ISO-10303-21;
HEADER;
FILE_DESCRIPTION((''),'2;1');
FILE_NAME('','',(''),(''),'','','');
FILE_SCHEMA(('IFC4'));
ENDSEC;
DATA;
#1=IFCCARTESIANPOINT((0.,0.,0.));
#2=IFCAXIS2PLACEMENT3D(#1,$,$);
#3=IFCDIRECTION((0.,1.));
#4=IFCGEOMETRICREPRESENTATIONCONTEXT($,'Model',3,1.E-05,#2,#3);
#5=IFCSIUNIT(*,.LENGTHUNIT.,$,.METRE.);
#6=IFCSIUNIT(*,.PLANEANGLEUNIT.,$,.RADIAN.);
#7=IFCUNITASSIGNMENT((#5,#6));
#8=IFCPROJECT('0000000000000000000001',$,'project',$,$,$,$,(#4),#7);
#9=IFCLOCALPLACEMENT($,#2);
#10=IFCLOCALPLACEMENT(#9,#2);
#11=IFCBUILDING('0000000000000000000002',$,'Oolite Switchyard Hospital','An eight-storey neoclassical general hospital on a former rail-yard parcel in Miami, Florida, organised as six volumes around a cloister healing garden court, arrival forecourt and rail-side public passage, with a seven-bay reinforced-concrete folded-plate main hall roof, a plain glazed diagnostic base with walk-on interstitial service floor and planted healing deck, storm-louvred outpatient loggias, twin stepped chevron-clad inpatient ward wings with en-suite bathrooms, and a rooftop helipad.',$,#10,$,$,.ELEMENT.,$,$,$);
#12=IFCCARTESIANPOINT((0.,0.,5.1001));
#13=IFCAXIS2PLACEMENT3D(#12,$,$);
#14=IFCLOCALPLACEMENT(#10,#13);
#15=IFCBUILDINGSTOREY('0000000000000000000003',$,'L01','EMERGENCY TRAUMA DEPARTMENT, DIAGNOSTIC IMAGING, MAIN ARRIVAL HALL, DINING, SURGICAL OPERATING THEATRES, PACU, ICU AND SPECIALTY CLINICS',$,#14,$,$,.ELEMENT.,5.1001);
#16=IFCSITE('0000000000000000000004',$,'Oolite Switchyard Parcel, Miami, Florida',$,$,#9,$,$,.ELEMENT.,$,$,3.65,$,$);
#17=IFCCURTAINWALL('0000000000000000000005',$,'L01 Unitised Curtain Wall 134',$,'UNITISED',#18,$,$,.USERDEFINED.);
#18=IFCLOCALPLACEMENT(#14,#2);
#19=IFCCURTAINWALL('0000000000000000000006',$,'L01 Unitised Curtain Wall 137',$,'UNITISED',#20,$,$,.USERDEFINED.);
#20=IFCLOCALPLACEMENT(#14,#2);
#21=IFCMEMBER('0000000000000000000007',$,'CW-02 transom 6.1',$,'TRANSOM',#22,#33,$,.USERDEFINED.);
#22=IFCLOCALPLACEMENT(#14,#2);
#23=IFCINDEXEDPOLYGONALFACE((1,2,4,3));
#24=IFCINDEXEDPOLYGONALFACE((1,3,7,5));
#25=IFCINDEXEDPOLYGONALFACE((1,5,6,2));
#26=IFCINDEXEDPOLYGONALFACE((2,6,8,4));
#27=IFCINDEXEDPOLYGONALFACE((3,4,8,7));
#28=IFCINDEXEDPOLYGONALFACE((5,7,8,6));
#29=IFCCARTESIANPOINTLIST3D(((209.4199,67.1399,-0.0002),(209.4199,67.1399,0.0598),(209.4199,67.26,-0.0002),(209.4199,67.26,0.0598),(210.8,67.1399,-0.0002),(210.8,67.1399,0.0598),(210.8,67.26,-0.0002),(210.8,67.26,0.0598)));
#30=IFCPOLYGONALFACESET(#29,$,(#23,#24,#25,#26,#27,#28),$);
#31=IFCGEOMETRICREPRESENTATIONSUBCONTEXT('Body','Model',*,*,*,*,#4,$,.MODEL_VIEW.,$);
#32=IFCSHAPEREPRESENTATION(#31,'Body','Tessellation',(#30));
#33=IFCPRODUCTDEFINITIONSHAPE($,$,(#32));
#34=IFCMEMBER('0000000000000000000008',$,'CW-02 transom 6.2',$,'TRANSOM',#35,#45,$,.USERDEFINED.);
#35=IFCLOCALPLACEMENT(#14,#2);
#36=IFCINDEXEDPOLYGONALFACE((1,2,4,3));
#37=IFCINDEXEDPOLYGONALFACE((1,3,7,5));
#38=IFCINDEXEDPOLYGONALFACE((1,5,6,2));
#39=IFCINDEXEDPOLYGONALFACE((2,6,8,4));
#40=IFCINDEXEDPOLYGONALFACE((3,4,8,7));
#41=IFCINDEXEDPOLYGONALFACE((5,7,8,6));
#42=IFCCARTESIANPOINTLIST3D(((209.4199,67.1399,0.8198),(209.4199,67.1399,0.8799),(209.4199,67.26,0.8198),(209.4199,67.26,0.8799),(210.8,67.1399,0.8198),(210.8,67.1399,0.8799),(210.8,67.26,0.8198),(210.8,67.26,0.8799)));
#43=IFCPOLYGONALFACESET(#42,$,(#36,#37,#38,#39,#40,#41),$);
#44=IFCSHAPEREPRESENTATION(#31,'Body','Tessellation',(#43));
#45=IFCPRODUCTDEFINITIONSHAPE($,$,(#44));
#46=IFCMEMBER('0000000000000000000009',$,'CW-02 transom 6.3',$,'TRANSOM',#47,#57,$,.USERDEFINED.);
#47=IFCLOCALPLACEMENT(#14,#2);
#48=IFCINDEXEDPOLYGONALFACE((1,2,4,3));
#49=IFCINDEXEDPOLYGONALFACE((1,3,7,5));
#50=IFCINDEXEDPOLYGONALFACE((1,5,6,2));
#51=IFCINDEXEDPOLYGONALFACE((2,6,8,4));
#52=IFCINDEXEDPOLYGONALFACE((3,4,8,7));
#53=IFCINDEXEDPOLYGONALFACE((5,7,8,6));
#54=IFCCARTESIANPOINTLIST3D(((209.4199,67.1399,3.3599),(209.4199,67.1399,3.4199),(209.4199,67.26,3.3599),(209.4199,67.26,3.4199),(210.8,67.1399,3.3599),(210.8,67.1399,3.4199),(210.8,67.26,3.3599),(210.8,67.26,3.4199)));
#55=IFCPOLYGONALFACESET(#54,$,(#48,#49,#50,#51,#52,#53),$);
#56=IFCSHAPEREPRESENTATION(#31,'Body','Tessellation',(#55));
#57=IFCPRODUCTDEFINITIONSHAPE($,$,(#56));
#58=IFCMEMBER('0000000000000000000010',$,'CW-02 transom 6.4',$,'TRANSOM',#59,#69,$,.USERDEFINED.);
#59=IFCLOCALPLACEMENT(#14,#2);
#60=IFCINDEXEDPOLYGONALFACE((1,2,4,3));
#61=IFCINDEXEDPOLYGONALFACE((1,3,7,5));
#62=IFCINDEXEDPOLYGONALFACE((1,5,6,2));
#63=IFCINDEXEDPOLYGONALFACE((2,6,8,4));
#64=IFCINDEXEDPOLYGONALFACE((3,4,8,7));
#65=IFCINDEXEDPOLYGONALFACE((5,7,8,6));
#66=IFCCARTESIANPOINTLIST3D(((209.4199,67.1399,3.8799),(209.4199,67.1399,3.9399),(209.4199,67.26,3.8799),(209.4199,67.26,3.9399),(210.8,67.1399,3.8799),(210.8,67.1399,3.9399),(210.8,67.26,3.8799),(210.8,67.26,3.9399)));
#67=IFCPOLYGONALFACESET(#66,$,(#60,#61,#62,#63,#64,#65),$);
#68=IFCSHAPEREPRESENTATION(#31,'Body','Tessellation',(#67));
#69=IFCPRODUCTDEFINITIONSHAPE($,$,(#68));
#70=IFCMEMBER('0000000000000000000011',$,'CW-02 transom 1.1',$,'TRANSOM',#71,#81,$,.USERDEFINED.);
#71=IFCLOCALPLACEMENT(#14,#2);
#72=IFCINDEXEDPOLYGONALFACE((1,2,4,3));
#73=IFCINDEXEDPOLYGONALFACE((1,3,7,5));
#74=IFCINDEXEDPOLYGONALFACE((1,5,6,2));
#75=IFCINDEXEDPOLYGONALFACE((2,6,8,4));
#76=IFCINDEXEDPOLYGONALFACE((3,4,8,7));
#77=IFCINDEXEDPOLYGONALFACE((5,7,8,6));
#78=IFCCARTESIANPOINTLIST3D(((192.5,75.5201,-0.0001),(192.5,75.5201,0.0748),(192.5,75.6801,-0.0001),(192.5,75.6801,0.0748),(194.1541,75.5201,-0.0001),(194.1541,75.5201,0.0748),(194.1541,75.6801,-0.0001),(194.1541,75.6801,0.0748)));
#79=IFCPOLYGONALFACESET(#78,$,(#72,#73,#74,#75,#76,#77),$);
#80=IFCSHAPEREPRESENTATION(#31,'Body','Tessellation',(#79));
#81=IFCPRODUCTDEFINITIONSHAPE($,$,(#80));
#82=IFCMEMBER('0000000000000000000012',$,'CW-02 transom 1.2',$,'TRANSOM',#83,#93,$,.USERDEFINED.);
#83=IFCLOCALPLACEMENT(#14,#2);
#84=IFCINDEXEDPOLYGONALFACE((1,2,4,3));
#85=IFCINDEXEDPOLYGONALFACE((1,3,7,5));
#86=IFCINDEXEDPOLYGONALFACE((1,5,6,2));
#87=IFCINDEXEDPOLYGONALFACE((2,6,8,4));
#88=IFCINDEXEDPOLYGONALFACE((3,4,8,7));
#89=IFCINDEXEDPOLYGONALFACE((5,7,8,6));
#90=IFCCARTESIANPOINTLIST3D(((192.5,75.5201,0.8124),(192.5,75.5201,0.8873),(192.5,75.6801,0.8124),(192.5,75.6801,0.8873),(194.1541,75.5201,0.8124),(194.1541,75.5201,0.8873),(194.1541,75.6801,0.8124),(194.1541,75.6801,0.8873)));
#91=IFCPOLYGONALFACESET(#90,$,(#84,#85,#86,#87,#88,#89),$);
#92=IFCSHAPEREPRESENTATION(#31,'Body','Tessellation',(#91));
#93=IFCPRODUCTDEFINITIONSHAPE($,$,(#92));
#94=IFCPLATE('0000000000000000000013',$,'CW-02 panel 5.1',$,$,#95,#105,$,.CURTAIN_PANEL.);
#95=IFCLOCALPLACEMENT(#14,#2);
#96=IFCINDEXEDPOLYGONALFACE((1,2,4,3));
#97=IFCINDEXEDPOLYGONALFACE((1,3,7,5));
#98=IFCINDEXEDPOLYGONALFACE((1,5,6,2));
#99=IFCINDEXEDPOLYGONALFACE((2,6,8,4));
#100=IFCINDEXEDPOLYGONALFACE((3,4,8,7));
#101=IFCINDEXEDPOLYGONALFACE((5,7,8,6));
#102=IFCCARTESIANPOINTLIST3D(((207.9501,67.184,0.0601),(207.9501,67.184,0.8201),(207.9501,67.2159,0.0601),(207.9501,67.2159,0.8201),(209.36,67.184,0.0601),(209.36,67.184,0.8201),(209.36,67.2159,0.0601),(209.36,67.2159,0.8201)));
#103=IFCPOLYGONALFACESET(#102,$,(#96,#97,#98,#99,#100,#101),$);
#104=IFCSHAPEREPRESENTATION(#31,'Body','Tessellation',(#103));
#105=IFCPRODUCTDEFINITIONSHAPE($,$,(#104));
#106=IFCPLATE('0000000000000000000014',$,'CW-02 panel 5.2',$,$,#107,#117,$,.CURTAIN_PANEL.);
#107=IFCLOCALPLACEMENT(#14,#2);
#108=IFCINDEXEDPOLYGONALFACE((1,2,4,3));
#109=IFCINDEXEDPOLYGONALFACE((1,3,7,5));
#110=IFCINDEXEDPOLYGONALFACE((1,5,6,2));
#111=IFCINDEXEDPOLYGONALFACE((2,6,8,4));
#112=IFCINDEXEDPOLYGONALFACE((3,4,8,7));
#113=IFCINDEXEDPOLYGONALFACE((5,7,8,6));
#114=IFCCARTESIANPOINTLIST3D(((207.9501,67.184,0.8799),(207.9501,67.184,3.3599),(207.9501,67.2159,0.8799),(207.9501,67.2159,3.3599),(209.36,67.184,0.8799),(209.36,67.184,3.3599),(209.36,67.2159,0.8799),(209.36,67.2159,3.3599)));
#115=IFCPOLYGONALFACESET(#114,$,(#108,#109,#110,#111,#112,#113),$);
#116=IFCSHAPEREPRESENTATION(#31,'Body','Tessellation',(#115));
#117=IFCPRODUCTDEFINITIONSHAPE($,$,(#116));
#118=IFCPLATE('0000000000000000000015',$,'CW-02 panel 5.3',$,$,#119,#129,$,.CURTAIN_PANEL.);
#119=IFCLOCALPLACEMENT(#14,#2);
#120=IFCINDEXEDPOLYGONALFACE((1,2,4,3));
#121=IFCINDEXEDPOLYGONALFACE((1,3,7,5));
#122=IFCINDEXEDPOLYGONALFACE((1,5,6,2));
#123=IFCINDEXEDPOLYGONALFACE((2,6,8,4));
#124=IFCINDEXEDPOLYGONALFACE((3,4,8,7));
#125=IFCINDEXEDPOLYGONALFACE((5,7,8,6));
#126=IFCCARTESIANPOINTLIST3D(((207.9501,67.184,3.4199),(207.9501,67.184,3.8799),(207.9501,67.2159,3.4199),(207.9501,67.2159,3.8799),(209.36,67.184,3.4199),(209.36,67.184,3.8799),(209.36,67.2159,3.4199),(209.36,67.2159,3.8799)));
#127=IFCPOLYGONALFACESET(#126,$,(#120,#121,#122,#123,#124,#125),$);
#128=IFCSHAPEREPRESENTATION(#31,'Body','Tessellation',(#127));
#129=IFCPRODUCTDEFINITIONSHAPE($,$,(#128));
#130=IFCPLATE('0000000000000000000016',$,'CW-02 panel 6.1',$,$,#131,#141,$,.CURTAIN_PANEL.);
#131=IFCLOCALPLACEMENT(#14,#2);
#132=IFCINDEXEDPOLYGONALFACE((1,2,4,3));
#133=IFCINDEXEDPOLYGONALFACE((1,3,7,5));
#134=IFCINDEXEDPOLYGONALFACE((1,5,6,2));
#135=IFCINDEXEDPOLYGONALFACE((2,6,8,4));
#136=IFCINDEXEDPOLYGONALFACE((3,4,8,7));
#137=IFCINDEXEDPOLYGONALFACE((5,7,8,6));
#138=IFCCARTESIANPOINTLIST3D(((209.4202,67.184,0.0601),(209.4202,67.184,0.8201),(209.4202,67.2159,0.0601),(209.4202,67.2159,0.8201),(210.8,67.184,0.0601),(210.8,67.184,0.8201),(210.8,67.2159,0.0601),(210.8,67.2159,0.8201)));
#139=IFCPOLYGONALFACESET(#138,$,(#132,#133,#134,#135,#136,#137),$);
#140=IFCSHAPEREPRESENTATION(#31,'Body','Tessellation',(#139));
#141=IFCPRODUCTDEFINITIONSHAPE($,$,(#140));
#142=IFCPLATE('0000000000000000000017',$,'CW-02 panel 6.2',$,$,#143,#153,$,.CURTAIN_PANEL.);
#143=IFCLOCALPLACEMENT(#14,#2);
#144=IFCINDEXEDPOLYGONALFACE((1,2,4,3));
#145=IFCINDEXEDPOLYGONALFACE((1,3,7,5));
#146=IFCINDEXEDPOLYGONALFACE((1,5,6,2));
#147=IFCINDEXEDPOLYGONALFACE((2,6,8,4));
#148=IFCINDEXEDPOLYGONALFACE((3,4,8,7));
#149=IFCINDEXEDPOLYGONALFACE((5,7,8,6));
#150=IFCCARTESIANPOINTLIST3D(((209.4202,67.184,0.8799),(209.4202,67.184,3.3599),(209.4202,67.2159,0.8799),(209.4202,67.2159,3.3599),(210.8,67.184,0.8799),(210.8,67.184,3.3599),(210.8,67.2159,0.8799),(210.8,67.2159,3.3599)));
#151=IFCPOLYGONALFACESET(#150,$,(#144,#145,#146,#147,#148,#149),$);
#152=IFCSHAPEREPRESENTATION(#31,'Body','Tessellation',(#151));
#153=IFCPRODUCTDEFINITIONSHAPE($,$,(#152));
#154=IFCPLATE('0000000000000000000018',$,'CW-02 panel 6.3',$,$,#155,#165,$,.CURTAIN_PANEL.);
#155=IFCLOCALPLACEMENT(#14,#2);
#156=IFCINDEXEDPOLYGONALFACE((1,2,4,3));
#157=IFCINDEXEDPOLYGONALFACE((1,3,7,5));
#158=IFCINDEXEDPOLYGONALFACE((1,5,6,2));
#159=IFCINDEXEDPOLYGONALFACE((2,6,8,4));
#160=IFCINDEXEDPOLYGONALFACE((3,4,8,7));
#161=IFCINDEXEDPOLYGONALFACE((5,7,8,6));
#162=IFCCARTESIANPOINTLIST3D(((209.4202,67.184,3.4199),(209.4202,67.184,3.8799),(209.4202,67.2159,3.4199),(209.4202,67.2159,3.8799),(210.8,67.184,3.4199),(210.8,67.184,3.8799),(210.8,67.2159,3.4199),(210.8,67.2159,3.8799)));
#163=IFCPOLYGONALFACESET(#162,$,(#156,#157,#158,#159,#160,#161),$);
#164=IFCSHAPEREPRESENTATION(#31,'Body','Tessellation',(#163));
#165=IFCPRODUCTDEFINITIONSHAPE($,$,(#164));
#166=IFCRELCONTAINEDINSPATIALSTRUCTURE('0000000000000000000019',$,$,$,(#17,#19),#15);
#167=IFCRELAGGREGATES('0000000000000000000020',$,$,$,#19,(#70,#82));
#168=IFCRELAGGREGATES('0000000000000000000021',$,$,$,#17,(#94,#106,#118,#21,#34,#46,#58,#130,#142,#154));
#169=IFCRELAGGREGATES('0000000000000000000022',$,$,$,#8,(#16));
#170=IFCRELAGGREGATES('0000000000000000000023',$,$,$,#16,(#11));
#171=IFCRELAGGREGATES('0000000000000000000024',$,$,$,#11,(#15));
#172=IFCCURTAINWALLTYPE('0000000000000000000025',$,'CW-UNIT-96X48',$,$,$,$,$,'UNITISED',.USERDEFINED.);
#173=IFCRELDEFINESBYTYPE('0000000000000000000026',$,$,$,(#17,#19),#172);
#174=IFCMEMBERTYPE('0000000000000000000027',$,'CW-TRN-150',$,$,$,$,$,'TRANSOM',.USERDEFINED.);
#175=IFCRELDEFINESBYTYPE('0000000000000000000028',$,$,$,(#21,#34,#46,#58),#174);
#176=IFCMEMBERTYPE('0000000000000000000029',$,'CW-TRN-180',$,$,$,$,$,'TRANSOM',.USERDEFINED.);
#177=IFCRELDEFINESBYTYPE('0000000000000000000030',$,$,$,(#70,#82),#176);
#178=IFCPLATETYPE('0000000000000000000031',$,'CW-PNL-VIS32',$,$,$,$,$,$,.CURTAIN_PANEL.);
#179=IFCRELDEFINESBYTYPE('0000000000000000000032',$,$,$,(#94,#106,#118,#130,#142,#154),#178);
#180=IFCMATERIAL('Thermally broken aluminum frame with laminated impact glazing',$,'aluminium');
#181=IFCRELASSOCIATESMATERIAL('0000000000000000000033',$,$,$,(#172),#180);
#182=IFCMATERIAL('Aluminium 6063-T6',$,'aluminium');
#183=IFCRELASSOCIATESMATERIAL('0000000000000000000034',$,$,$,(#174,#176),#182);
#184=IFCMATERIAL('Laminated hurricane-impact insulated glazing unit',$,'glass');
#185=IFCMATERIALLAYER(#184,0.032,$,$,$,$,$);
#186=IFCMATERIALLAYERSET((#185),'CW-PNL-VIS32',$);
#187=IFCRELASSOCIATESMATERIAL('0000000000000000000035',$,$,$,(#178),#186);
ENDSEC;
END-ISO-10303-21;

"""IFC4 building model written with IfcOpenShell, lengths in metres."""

from ifc_helpers import new_model, si_unit, direction, frame, origin, origin_2d, place, context, subcontext, project, spatial, rectangle, extrude, material, layer, layer_set, material_profile, profile_set, type_object, element, aggregate, save


model = new_model("IFC4")

# Units and contexts
model_context = context("Model", 3, precision=1e-05, world=origin(), true_north=direction((0.0, 1.0)))
body_context = subcontext(model_context, "Body", "Model", "MODEL_VIEW")
ifc_project = project(units=[si_unit("LENGTHUNIT", "METRE"), si_unit("PLANEANGLEUNIT", "RADIAN")], contexts=[model_context])

# Site, building, storey
site_placement = place(None, origin())
site = spatial("IfcSite", under=ifc_project, at=site_placement, Name="Oolite Switchyard Parcel, Miami, Florida", CompositionType="ELEMENT", RefElevation=3.65)
building_placement = place(site_placement, origin())
building = spatial("IfcBuilding", under=site, at=building_placement, Name="Oolite Switchyard Hospital", Description="An eight-storey neoclassical general hospital on a former rail-yard parcel in Miami, Florida, organised as six volumes around a cloister healing garden court, arrival forecourt and rail-side public passage, with a seven-bay reinforced-concrete folded-plate main hall roof, a plain glazed diagnostic base with walk-on interstitial service floor and planted healing deck, storm-louvred outpatient loggias, twin stepped chevron-clad inpatient ward wings with en-suite bathrooms, and a rooftop helipad.", CompositionType="ELEMENT")
storey_placement = place(building_placement, frame((0.0, 0.0, 5.1001)))
storey = spatial("IfcBuildingStorey", under=building, at=storey_placement, Name="L01", Description="EMERGENCY TRAUMA DEPARTMENT, DIAGNOSTIC IMAGING, MAIN ARRIVAL HALL, DINING, SURGICAL OPERATING THEATRES, PACU, ICU AND SPECIALTY CLINICS", CompositionType="ELEMENT", Elevation=5.1001)

# Curtain wall
ifc_material_1 = material(Name="Thermally broken aluminum frame with laminated impact glazing", Category="aluminium")
curtain_wall_type = type_object("IfcCurtainWallType", Name="CW-UNIT-96X48", ElementType="UNITISED", PredefinedType="USERDEFINED", material=ifc_material_1)
curtain_wall_1_placement = place(storey_placement, origin())
curtain_wall_1 = element("IfcCurtainWall", 1, at=curtain_wall_1_placement, inside=storey, type_object=curtain_wall_type, Name="L01 Unitised Curtain Wall 134", ObjectType="UNITISED", PredefinedType="USERDEFINED")
ifc_material_2 = material(Name="Aluminium 6063-T6", Category="aluminium")

# Curtain wall
curtain_wall_2_placement = place(storey_placement, origin())
curtain_wall_2 = element("IfcCurtainWall", 2, at=curtain_wall_2_placement, inside=storey, type_object=curtain_wall_type, Name="L01 Unitised Curtain Wall 137", ObjectType="UNITISED", PredefinedType="USERDEFINED")

# Members
ifc_material_profile_1 = material_profile(ifc_material_2, rectangle(XDim=0.1201, YDim=0.0601, at=origin_2d()), Name="CWT60X120")
ifc_profile_set_1 = profile_set([ifc_material_profile_1], Name="Aluminium 6063-T6")
member_type_1 = type_object("IfcMemberType", Name="CW-TRN-150", ElementType="TRANSOM", PredefinedType="USERDEFINED", material=ifc_profile_set_1)
member_1_placement = place(storey_placement, frame((209.4199, 67.2, 0.0298), z_axis=(1.0, 0.0, 0.0), x_axis=(0.0, 1.0, 0.0)))
member_1 = element("IfcMember", 3, at=member_1_placement, type_object=member_type_1, Name="CW-02 transom 6.1", ObjectType="TRANSOM", PredefinedType="USERDEFINED", context=body_context, shape_type="SweptSolid", body=[
    extrude(rectangle(XDim=0.1201, YDim=0.0601, at=origin_2d()), origin(), (0.0, 0.0, 1.0), 1.3801),
])
member_2_placement = place(storey_placement, frame((209.4199, 67.2, 0.8499), z_axis=(1.0, 0.0, 0.0), x_axis=(0.0, 1.0, 0.0)))
member_2 = element("IfcMember", 4, at=member_2_placement, type_object=member_type_1, Name="CW-02 transom 6.2", ObjectType="TRANSOM", PredefinedType="USERDEFINED", context=body_context, shape_type="SweptSolid", body=[
    extrude(rectangle(XDim=0.1201, YDim=0.0601, at=origin_2d()), origin(), (0.0, 0.0, 1.0), 1.3801),
])
member_3_placement = place(storey_placement, frame((209.4199, 67.2, 3.3899), z_axis=(1.0, 0.0, 0.0), x_axis=(0.0, 1.0, 0.0)))
member_3 = element("IfcMember", 5, at=member_3_placement, type_object=member_type_1, Name="CW-02 transom 6.3", ObjectType="TRANSOM", PredefinedType="USERDEFINED", context=body_context, shape_type="SweptSolid", body=[
    extrude(rectangle(XDim=0.1201, YDim=0.0601, at=origin_2d()), origin(), (0.0, 0.0, 1.0), 1.3801),
])
member_4_placement = place(storey_placement, frame((209.4199, 67.2, 3.9099), z_axis=(1.0, 0.0, 0.0), x_axis=(0.0, 1.0, 0.0)))
member_4 = element("IfcMember", 6, at=member_4_placement, type_object=member_type_1, Name="CW-02 transom 6.4", ObjectType="TRANSOM", PredefinedType="USERDEFINED", context=body_context, shape_type="SweptSolid", body=[
    extrude(rectangle(XDim=0.1201, YDim=0.0601, at=origin_2d()), origin(), (0.0, 0.0, 1.0), 1.3801),
])
ifc_material_profile_2 = material_profile(ifc_material_2, rectangle(XDim=0.1599, YDim=0.075, at=origin_2d()), Name="CWT75X160")
ifc_profile_set_2 = profile_set([ifc_material_profile_2], Name="Aluminium 6063-T6")
member_type_2 = type_object("IfcMemberType", Name="CW-TRN-180", ElementType="TRANSOM", PredefinedType="USERDEFINED", material=ifc_profile_set_2)
member_5_placement = place(storey_placement, frame((192.5, 75.6001, 0.0374), z_axis=(1.0, 0.0, 0.0), x_axis=(0.0, 1.0, 0.0)))
member_5 = element("IfcMember", 7, at=member_5_placement, type_object=member_type_2, Name="CW-02 transom 1.1", ObjectType="TRANSOM", PredefinedType="USERDEFINED", context=body_context, shape_type="SweptSolid", body=[
    extrude(rectangle(XDim=0.1599, YDim=0.075, at=origin_2d()), origin(), (0.0, 0.0, 1.0), 1.6541),
])
member_6_placement = place(storey_placement, frame((192.5, 75.6001, 0.8499), z_axis=(1.0, 0.0, 0.0), x_axis=(0.0, 1.0, 0.0)))
member_6 = element("IfcMember", 8, at=member_6_placement, type_object=member_type_2, Name="CW-02 transom 1.2", ObjectType="TRANSOM", PredefinedType="USERDEFINED", context=body_context, shape_type="SweptSolid", body=[
    extrude(rectangle(XDim=0.1599, YDim=0.075, at=origin_2d()), origin(), (0.0, 0.0, 1.0), 1.6541),
])
aggregate(curtain_wall_2, [member_5, member_6])

# Plates
ifc_material_3 = material(Name="Laminated hurricane-impact insulated glazing unit", Category="glass")
ifc_layer_1 = layer(ifc_material_3, 0.032)
ifc_layer_set_1 = layer_set([ifc_layer_1], Name="CW-PNL-VIS32")
plate_type = type_object("IfcPlateType", Name="CW-PNL-VIS32", PredefinedType="CURTAIN_PANEL", material=ifc_layer_set_1)
plate_1_placement = place(storey_placement, frame((208.655, 67.2, 0.0601), z_axis=(0.0, 0.0, 1.0), x_axis=(1.0, 0.0, 0.0)))
plate_1 = element("IfcPlate", 9, at=plate_1_placement, type_object=plate_type, Name="CW-02 panel 5.1", PredefinedType="CURTAIN_PANEL", context=body_context, shape_type="SweptSolid", body=[
    extrude(rectangle(XDim=1.4099, YDim=0.032, at=origin_2d()), origin(), (0.0, 0.0, 1.0), 0.76),
])
plate_2_placement = place(storey_placement, frame((208.655, 67.2, 0.8799), z_axis=(0.0, 0.0, 1.0), x_axis=(1.0, 0.0, 0.0)))
plate_2 = element("IfcPlate", 10, at=plate_2_placement, type_object=plate_type, Name="CW-02 panel 5.2", PredefinedType="CURTAIN_PANEL", context=body_context, shape_type="SweptSolid", body=[
    extrude(rectangle(XDim=1.4099, YDim=0.032, at=origin_2d()), origin(), (0.0, 0.0, 1.0), 2.48),
])
plate_3_placement = place(storey_placement, frame((208.655, 67.2, 3.4199), z_axis=(0.0, 0.0, 1.0), x_axis=(1.0, 0.0, 0.0)))
plate_3 = element("IfcPlate", 11, at=plate_3_placement, type_object=plate_type, Name="CW-02 panel 5.3", PredefinedType="CURTAIN_PANEL", context=body_context, shape_type="SweptSolid", body=[
    extrude(rectangle(XDim=1.4099, YDim=0.032, at=origin_2d()), origin(), (0.0, 0.0, 1.0), 0.46),
])
plate_4_placement = place(storey_placement, frame((210.1101, 67.2, 0.0601), z_axis=(0.0, 0.0, 1.0), x_axis=(1.0, 0.0, 0.0)))
plate_4 = element("IfcPlate", 12, at=plate_4_placement, type_object=plate_type, Name="CW-02 panel 6.1", PredefinedType="CURTAIN_PANEL", context=body_context, shape_type="SweptSolid", body=[
    extrude(rectangle(XDim=1.3799, YDim=0.032, at=origin_2d()), origin(), (0.0, 0.0, 1.0), 0.76),
])
plate_5_placement = place(storey_placement, frame((210.1101, 67.2, 0.8799), z_axis=(0.0, 0.0, 1.0), x_axis=(1.0, 0.0, 0.0)))
plate_5 = element("IfcPlate", 13, at=plate_5_placement, type_object=plate_type, Name="CW-02 panel 6.2", PredefinedType="CURTAIN_PANEL", context=body_context, shape_type="SweptSolid", body=[
    extrude(rectangle(XDim=1.3799, YDim=0.032, at=origin_2d()), origin(), (0.0, 0.0, 1.0), 2.48),
])
plate_6_placement = place(storey_placement, frame((210.1101, 67.2, 3.4199), z_axis=(0.0, 0.0, 1.0), x_axis=(1.0, 0.0, 0.0)))
plate_6 = element("IfcPlate", 14, at=plate_6_placement, type_object=plate_type, Name="CW-02 panel 6.3", PredefinedType="CURTAIN_PANEL", context=body_context, shape_type="SweptSolid", body=[
    extrude(rectangle(XDim=1.3799, YDim=0.032, at=origin_2d()), origin(), (0.0, 0.0, 1.0), 0.46),
])
aggregate(curtain_wall_1, [plate_1, plate_2, plate_3, member_1, member_2, member_3, member_4, plate_4, plate_5, plate_6])

save(model, "model.ifc")
